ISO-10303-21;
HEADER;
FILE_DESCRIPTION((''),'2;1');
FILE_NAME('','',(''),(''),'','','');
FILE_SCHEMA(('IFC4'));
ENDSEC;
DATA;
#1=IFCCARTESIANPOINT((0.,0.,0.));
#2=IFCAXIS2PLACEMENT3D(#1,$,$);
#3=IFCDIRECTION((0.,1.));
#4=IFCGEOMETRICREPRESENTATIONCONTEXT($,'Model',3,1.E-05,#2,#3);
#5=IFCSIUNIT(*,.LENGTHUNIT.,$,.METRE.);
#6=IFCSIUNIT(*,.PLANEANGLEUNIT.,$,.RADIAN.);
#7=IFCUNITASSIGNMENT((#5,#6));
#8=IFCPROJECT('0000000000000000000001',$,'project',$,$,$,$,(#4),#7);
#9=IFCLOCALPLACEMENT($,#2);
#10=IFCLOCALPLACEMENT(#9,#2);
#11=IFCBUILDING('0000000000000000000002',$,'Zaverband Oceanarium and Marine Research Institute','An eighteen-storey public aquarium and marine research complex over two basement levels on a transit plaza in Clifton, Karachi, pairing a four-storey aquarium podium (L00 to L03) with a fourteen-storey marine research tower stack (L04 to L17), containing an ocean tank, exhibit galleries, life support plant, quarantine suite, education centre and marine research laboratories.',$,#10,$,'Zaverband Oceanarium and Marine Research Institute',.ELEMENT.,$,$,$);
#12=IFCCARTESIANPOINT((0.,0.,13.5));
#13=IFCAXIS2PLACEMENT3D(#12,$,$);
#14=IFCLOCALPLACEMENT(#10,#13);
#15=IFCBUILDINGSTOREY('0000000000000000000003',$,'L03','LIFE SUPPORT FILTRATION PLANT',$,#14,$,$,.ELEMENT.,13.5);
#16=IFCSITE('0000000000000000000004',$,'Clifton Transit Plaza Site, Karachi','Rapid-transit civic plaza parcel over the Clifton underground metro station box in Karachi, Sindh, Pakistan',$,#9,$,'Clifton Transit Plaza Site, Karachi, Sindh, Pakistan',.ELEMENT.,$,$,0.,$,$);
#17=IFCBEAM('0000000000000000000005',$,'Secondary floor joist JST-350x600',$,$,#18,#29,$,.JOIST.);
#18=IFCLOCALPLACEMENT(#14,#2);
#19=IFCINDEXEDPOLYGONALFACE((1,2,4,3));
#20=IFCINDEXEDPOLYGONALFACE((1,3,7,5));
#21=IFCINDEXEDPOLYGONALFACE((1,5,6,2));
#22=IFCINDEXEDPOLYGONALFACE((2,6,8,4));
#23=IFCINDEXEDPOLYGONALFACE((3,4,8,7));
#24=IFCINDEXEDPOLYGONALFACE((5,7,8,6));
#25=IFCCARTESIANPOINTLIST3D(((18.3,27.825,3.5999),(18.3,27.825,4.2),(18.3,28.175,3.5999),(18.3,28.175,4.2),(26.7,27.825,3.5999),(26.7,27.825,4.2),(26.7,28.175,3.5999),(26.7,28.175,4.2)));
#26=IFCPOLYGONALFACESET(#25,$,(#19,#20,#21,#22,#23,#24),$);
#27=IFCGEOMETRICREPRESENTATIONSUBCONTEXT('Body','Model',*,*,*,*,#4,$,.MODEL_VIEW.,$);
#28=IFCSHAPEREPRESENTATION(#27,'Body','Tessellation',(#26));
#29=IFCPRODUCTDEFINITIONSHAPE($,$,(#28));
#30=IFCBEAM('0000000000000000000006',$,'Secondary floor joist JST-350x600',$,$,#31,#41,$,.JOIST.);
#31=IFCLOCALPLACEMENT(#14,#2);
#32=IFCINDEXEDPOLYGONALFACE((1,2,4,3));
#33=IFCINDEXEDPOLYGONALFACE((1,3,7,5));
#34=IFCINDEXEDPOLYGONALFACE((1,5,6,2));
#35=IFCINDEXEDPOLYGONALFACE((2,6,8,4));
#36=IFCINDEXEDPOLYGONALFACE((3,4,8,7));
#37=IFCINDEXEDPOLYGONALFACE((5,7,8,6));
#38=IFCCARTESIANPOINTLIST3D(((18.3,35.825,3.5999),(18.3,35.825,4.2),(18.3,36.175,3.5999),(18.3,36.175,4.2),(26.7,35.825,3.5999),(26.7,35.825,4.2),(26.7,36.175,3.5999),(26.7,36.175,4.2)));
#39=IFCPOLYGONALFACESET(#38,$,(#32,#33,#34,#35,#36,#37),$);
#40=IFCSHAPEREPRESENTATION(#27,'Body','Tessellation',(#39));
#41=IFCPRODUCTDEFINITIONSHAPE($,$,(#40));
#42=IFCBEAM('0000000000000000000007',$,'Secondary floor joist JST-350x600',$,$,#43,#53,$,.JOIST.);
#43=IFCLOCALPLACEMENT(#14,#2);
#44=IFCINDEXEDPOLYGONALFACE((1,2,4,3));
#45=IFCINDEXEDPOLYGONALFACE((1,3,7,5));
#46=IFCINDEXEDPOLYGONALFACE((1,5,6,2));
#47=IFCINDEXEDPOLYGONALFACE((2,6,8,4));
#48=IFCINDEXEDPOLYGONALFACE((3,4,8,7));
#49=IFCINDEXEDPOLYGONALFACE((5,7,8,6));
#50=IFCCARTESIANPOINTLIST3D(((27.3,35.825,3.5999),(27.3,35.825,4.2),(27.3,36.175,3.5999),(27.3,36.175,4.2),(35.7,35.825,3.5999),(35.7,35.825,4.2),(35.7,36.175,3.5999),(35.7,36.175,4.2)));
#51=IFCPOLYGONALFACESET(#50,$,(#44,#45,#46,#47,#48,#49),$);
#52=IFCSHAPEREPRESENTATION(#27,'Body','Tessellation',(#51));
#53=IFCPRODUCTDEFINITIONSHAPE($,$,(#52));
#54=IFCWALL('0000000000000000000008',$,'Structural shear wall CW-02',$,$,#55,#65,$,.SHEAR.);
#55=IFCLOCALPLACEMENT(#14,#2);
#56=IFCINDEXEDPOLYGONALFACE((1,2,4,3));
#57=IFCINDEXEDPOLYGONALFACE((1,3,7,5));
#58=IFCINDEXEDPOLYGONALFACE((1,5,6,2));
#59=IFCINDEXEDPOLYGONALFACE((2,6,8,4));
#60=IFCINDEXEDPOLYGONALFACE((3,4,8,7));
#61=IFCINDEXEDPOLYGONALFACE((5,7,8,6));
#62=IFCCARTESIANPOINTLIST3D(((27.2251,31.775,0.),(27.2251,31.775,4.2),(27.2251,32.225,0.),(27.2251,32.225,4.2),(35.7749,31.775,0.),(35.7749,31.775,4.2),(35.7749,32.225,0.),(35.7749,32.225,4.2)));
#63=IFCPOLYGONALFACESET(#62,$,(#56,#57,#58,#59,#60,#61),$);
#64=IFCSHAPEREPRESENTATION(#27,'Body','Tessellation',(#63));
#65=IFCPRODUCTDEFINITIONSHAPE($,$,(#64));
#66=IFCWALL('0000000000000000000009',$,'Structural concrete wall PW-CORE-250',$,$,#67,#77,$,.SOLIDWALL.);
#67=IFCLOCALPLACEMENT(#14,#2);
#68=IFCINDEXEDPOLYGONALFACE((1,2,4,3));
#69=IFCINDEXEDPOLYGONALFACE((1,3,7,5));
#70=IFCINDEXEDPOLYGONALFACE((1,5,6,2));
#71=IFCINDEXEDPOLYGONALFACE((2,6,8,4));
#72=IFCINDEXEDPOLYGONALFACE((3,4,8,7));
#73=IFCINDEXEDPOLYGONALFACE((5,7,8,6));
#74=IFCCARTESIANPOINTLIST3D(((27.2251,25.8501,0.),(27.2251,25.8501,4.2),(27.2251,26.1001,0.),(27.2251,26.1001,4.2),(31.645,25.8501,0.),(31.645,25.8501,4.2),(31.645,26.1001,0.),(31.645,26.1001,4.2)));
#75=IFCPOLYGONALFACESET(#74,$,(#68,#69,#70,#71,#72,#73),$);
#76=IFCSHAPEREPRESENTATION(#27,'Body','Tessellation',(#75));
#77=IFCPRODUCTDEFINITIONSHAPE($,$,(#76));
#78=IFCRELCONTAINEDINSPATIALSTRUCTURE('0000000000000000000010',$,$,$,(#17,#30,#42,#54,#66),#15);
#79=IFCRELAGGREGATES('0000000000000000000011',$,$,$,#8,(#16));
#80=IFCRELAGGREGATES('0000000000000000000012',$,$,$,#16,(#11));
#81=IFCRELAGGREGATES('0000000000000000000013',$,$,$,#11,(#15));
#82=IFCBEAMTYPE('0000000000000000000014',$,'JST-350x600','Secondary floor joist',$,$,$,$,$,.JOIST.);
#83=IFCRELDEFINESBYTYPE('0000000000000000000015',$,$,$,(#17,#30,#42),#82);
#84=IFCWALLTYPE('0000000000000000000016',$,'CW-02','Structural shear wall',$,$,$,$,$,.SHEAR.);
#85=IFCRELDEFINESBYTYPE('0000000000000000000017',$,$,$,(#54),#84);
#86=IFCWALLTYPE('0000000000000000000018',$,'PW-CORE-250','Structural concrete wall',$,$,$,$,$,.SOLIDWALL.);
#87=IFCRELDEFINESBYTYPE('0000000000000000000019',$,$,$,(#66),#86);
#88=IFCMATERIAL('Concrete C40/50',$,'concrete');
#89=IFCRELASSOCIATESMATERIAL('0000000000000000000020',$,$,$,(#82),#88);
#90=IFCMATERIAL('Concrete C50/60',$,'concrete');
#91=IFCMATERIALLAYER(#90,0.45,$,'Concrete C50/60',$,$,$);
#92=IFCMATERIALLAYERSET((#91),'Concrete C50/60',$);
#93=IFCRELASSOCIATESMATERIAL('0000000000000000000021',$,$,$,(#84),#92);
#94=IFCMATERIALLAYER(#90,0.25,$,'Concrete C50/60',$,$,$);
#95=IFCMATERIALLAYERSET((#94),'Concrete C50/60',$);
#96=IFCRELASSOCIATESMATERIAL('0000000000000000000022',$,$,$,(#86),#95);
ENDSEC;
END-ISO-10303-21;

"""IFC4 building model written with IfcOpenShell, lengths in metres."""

from ifc_helpers import new_model, si_unit, direction, frame, frame_2d, origin, origin_2d, place, context, subcontext, project, spatial, rectangle, extrude, material, layer, layer_set, material_profile, profile_set, type_object, element, save


model = new_model("IFC4")

# Units and contexts
model_context = context("Model", 3, precision=1e-05, world=origin(), true_north=direction((0.0, 1.0)))
body_context = subcontext(model_context, "Body", "Model", "MODEL_VIEW")
ifc_project = project(units=[si_unit("LENGTHUNIT", "METRE"), si_unit("PLANEANGLEUNIT", "RADIAN")], contexts=[model_context])

# Site, building, storey
site_placement = place(None, origin())
site = spatial("IfcSite", under=ifc_project, at=site_placement, Name="Clifton Transit Plaza Site, Karachi", Description="Rapid-transit civic plaza parcel over the Clifton underground metro station box in Karachi, Sindh, Pakistan", LongName="Clifton Transit Plaza Site, Karachi, Sindh, Pakistan", CompositionType="ELEMENT", RefElevation=0.0)
building_placement = place(site_placement, origin())
building = spatial("IfcBuilding", under=site, at=building_placement, Name="Zaverband Oceanarium and Marine Research Institute", Description="An eighteen-storey public aquarium and marine research complex over two basement levels on a transit plaza in Clifton, Karachi, pairing a four-storey aquarium podium (L00 to L03) with a fourteen-storey marine research tower stack (L04 to L17), containing an ocean tank, exhibit galleries, life support plant, quarantine suite, education centre and marine research laboratories.", LongName="Zaverband Oceanarium and Marine Research Institute", CompositionType="ELEMENT")
storey_placement = place(building_placement, frame((0.0, 0.0, 13.5)))
storey = spatial("IfcBuildingStorey", under=building, at=storey_placement, Name="L03", Description="LIFE SUPPORT FILTRATION PLANT", CompositionType="ELEMENT", Elevation=13.5)

# Shared definitions
ifc_material_1 = material(Name="Concrete C50/60", Category="concrete")

# Beams
ifc_material_2 = material(Name="Concrete C40/50", Category="concrete")
ifc_material_profile_1 = material_profile(ifc_material_2, rectangle(XDim=0.3501, YDim=0.6001, at=origin_2d()), Name="RC350x600")
ifc_profile_set_1 = profile_set([ifc_material_profile_1], Name="Concrete C40/50")
beam_type_1 = type_object("IfcBeamType", Name="JST-350x600", Description="Secondary floor joist", PredefinedType="JOIST", material=ifc_profile_set_1)
for number, where, z_axis, x_axis, name in (
    (1, (18.3, 28.0, 3.8999), (1.0, 0.0, 0.0), (0.0, 1.0, 0.0), "Secondary floor joist JST-350x600"),
    (2, (18.3, 36.0, 3.8999), (1.0, 0.0, 0.0), (0.0, 1.0, 0.0), "Secondary floor joist JST-350x600"),
    (3, (27.3, 36.0, 3.8999), (1.0, 0.0, 0.0), (0.0, 1.0, 0.0), "Secondary floor joist JST-350x600"),
):
    element("IfcBeam", number, at=place(storey_placement, frame(where, z_axis=z_axis, x_axis=x_axis)), inside=storey, type_object=beam_type_1, Name=name, PredefinedType="JOIST", context=body_context, shape_type="SweptSolid", body=[
        extrude(rectangle(XDim=0.3501, YDim=0.6001, at=origin_2d()), origin(), (0.0, 0.0, 1.0), 8.3999),
    ])

# Walls
ifc_layer_1 = layer(ifc_material_1, 0.45, Name="Concrete C50/60")
ifc_layer_set_1 = layer_set([ifc_layer_1], Name="Concrete C50/60")
wall_type_1 = type_object("IfcWallType", Name="CW-02", Description="Structural shear wall", PredefinedType="SHEAR", material=ifc_layer_set_1)
wall_1_placement = place(storey_placement, frame((27.2251, 32.0, 0.0), z_axis=(0.0, 0.0, 1.0), x_axis=(1.0, 0.0, 0.0)))
element("IfcWall", 4, at=wall_1_placement, inside=storey, type_object=wall_type_1, Name="Structural shear wall CW-02", PredefinedType="SHEAR", context=body_context, shape_type="SweptSolid", body=[
    extrude(rectangle(XDim=8.5498, YDim=0.45, at=frame_2d((4.2749, 0.0))), origin(), (0.0, 0.0, 1.0), 4.2),
])
ifc_layer_2 = layer(ifc_material_1, 0.25, Name="Concrete C50/60")
ifc_layer_set_2 = layer_set([ifc_layer_2], Name="Concrete C50/60")
wall_type_2 = type_object("IfcWallType", Name="PW-CORE-250", Description="Structural concrete wall", PredefinedType="SOLIDWALL", material=ifc_layer_set_2)
wall_2_placement = place(storey_placement, frame((27.2251, 25.9751, 0.0), z_axis=(0.0, 0.0, 1.0), x_axis=(1.0, 0.0, 0.0)))
element("IfcWall", 5, at=wall_2_placement, inside=storey, type_object=wall_type_2, Name="Structural concrete wall PW-CORE-250", PredefinedType="SOLIDWALL", context=body_context, shape_type="SweptSolid", body=[
    extrude(rectangle(XDim=4.4199, YDim=0.25, at=frame_2d((2.21, 0.0))), origin(), (0.0, 0.0, 1.0), 4.2),
])

save(model, "model.ifc")
